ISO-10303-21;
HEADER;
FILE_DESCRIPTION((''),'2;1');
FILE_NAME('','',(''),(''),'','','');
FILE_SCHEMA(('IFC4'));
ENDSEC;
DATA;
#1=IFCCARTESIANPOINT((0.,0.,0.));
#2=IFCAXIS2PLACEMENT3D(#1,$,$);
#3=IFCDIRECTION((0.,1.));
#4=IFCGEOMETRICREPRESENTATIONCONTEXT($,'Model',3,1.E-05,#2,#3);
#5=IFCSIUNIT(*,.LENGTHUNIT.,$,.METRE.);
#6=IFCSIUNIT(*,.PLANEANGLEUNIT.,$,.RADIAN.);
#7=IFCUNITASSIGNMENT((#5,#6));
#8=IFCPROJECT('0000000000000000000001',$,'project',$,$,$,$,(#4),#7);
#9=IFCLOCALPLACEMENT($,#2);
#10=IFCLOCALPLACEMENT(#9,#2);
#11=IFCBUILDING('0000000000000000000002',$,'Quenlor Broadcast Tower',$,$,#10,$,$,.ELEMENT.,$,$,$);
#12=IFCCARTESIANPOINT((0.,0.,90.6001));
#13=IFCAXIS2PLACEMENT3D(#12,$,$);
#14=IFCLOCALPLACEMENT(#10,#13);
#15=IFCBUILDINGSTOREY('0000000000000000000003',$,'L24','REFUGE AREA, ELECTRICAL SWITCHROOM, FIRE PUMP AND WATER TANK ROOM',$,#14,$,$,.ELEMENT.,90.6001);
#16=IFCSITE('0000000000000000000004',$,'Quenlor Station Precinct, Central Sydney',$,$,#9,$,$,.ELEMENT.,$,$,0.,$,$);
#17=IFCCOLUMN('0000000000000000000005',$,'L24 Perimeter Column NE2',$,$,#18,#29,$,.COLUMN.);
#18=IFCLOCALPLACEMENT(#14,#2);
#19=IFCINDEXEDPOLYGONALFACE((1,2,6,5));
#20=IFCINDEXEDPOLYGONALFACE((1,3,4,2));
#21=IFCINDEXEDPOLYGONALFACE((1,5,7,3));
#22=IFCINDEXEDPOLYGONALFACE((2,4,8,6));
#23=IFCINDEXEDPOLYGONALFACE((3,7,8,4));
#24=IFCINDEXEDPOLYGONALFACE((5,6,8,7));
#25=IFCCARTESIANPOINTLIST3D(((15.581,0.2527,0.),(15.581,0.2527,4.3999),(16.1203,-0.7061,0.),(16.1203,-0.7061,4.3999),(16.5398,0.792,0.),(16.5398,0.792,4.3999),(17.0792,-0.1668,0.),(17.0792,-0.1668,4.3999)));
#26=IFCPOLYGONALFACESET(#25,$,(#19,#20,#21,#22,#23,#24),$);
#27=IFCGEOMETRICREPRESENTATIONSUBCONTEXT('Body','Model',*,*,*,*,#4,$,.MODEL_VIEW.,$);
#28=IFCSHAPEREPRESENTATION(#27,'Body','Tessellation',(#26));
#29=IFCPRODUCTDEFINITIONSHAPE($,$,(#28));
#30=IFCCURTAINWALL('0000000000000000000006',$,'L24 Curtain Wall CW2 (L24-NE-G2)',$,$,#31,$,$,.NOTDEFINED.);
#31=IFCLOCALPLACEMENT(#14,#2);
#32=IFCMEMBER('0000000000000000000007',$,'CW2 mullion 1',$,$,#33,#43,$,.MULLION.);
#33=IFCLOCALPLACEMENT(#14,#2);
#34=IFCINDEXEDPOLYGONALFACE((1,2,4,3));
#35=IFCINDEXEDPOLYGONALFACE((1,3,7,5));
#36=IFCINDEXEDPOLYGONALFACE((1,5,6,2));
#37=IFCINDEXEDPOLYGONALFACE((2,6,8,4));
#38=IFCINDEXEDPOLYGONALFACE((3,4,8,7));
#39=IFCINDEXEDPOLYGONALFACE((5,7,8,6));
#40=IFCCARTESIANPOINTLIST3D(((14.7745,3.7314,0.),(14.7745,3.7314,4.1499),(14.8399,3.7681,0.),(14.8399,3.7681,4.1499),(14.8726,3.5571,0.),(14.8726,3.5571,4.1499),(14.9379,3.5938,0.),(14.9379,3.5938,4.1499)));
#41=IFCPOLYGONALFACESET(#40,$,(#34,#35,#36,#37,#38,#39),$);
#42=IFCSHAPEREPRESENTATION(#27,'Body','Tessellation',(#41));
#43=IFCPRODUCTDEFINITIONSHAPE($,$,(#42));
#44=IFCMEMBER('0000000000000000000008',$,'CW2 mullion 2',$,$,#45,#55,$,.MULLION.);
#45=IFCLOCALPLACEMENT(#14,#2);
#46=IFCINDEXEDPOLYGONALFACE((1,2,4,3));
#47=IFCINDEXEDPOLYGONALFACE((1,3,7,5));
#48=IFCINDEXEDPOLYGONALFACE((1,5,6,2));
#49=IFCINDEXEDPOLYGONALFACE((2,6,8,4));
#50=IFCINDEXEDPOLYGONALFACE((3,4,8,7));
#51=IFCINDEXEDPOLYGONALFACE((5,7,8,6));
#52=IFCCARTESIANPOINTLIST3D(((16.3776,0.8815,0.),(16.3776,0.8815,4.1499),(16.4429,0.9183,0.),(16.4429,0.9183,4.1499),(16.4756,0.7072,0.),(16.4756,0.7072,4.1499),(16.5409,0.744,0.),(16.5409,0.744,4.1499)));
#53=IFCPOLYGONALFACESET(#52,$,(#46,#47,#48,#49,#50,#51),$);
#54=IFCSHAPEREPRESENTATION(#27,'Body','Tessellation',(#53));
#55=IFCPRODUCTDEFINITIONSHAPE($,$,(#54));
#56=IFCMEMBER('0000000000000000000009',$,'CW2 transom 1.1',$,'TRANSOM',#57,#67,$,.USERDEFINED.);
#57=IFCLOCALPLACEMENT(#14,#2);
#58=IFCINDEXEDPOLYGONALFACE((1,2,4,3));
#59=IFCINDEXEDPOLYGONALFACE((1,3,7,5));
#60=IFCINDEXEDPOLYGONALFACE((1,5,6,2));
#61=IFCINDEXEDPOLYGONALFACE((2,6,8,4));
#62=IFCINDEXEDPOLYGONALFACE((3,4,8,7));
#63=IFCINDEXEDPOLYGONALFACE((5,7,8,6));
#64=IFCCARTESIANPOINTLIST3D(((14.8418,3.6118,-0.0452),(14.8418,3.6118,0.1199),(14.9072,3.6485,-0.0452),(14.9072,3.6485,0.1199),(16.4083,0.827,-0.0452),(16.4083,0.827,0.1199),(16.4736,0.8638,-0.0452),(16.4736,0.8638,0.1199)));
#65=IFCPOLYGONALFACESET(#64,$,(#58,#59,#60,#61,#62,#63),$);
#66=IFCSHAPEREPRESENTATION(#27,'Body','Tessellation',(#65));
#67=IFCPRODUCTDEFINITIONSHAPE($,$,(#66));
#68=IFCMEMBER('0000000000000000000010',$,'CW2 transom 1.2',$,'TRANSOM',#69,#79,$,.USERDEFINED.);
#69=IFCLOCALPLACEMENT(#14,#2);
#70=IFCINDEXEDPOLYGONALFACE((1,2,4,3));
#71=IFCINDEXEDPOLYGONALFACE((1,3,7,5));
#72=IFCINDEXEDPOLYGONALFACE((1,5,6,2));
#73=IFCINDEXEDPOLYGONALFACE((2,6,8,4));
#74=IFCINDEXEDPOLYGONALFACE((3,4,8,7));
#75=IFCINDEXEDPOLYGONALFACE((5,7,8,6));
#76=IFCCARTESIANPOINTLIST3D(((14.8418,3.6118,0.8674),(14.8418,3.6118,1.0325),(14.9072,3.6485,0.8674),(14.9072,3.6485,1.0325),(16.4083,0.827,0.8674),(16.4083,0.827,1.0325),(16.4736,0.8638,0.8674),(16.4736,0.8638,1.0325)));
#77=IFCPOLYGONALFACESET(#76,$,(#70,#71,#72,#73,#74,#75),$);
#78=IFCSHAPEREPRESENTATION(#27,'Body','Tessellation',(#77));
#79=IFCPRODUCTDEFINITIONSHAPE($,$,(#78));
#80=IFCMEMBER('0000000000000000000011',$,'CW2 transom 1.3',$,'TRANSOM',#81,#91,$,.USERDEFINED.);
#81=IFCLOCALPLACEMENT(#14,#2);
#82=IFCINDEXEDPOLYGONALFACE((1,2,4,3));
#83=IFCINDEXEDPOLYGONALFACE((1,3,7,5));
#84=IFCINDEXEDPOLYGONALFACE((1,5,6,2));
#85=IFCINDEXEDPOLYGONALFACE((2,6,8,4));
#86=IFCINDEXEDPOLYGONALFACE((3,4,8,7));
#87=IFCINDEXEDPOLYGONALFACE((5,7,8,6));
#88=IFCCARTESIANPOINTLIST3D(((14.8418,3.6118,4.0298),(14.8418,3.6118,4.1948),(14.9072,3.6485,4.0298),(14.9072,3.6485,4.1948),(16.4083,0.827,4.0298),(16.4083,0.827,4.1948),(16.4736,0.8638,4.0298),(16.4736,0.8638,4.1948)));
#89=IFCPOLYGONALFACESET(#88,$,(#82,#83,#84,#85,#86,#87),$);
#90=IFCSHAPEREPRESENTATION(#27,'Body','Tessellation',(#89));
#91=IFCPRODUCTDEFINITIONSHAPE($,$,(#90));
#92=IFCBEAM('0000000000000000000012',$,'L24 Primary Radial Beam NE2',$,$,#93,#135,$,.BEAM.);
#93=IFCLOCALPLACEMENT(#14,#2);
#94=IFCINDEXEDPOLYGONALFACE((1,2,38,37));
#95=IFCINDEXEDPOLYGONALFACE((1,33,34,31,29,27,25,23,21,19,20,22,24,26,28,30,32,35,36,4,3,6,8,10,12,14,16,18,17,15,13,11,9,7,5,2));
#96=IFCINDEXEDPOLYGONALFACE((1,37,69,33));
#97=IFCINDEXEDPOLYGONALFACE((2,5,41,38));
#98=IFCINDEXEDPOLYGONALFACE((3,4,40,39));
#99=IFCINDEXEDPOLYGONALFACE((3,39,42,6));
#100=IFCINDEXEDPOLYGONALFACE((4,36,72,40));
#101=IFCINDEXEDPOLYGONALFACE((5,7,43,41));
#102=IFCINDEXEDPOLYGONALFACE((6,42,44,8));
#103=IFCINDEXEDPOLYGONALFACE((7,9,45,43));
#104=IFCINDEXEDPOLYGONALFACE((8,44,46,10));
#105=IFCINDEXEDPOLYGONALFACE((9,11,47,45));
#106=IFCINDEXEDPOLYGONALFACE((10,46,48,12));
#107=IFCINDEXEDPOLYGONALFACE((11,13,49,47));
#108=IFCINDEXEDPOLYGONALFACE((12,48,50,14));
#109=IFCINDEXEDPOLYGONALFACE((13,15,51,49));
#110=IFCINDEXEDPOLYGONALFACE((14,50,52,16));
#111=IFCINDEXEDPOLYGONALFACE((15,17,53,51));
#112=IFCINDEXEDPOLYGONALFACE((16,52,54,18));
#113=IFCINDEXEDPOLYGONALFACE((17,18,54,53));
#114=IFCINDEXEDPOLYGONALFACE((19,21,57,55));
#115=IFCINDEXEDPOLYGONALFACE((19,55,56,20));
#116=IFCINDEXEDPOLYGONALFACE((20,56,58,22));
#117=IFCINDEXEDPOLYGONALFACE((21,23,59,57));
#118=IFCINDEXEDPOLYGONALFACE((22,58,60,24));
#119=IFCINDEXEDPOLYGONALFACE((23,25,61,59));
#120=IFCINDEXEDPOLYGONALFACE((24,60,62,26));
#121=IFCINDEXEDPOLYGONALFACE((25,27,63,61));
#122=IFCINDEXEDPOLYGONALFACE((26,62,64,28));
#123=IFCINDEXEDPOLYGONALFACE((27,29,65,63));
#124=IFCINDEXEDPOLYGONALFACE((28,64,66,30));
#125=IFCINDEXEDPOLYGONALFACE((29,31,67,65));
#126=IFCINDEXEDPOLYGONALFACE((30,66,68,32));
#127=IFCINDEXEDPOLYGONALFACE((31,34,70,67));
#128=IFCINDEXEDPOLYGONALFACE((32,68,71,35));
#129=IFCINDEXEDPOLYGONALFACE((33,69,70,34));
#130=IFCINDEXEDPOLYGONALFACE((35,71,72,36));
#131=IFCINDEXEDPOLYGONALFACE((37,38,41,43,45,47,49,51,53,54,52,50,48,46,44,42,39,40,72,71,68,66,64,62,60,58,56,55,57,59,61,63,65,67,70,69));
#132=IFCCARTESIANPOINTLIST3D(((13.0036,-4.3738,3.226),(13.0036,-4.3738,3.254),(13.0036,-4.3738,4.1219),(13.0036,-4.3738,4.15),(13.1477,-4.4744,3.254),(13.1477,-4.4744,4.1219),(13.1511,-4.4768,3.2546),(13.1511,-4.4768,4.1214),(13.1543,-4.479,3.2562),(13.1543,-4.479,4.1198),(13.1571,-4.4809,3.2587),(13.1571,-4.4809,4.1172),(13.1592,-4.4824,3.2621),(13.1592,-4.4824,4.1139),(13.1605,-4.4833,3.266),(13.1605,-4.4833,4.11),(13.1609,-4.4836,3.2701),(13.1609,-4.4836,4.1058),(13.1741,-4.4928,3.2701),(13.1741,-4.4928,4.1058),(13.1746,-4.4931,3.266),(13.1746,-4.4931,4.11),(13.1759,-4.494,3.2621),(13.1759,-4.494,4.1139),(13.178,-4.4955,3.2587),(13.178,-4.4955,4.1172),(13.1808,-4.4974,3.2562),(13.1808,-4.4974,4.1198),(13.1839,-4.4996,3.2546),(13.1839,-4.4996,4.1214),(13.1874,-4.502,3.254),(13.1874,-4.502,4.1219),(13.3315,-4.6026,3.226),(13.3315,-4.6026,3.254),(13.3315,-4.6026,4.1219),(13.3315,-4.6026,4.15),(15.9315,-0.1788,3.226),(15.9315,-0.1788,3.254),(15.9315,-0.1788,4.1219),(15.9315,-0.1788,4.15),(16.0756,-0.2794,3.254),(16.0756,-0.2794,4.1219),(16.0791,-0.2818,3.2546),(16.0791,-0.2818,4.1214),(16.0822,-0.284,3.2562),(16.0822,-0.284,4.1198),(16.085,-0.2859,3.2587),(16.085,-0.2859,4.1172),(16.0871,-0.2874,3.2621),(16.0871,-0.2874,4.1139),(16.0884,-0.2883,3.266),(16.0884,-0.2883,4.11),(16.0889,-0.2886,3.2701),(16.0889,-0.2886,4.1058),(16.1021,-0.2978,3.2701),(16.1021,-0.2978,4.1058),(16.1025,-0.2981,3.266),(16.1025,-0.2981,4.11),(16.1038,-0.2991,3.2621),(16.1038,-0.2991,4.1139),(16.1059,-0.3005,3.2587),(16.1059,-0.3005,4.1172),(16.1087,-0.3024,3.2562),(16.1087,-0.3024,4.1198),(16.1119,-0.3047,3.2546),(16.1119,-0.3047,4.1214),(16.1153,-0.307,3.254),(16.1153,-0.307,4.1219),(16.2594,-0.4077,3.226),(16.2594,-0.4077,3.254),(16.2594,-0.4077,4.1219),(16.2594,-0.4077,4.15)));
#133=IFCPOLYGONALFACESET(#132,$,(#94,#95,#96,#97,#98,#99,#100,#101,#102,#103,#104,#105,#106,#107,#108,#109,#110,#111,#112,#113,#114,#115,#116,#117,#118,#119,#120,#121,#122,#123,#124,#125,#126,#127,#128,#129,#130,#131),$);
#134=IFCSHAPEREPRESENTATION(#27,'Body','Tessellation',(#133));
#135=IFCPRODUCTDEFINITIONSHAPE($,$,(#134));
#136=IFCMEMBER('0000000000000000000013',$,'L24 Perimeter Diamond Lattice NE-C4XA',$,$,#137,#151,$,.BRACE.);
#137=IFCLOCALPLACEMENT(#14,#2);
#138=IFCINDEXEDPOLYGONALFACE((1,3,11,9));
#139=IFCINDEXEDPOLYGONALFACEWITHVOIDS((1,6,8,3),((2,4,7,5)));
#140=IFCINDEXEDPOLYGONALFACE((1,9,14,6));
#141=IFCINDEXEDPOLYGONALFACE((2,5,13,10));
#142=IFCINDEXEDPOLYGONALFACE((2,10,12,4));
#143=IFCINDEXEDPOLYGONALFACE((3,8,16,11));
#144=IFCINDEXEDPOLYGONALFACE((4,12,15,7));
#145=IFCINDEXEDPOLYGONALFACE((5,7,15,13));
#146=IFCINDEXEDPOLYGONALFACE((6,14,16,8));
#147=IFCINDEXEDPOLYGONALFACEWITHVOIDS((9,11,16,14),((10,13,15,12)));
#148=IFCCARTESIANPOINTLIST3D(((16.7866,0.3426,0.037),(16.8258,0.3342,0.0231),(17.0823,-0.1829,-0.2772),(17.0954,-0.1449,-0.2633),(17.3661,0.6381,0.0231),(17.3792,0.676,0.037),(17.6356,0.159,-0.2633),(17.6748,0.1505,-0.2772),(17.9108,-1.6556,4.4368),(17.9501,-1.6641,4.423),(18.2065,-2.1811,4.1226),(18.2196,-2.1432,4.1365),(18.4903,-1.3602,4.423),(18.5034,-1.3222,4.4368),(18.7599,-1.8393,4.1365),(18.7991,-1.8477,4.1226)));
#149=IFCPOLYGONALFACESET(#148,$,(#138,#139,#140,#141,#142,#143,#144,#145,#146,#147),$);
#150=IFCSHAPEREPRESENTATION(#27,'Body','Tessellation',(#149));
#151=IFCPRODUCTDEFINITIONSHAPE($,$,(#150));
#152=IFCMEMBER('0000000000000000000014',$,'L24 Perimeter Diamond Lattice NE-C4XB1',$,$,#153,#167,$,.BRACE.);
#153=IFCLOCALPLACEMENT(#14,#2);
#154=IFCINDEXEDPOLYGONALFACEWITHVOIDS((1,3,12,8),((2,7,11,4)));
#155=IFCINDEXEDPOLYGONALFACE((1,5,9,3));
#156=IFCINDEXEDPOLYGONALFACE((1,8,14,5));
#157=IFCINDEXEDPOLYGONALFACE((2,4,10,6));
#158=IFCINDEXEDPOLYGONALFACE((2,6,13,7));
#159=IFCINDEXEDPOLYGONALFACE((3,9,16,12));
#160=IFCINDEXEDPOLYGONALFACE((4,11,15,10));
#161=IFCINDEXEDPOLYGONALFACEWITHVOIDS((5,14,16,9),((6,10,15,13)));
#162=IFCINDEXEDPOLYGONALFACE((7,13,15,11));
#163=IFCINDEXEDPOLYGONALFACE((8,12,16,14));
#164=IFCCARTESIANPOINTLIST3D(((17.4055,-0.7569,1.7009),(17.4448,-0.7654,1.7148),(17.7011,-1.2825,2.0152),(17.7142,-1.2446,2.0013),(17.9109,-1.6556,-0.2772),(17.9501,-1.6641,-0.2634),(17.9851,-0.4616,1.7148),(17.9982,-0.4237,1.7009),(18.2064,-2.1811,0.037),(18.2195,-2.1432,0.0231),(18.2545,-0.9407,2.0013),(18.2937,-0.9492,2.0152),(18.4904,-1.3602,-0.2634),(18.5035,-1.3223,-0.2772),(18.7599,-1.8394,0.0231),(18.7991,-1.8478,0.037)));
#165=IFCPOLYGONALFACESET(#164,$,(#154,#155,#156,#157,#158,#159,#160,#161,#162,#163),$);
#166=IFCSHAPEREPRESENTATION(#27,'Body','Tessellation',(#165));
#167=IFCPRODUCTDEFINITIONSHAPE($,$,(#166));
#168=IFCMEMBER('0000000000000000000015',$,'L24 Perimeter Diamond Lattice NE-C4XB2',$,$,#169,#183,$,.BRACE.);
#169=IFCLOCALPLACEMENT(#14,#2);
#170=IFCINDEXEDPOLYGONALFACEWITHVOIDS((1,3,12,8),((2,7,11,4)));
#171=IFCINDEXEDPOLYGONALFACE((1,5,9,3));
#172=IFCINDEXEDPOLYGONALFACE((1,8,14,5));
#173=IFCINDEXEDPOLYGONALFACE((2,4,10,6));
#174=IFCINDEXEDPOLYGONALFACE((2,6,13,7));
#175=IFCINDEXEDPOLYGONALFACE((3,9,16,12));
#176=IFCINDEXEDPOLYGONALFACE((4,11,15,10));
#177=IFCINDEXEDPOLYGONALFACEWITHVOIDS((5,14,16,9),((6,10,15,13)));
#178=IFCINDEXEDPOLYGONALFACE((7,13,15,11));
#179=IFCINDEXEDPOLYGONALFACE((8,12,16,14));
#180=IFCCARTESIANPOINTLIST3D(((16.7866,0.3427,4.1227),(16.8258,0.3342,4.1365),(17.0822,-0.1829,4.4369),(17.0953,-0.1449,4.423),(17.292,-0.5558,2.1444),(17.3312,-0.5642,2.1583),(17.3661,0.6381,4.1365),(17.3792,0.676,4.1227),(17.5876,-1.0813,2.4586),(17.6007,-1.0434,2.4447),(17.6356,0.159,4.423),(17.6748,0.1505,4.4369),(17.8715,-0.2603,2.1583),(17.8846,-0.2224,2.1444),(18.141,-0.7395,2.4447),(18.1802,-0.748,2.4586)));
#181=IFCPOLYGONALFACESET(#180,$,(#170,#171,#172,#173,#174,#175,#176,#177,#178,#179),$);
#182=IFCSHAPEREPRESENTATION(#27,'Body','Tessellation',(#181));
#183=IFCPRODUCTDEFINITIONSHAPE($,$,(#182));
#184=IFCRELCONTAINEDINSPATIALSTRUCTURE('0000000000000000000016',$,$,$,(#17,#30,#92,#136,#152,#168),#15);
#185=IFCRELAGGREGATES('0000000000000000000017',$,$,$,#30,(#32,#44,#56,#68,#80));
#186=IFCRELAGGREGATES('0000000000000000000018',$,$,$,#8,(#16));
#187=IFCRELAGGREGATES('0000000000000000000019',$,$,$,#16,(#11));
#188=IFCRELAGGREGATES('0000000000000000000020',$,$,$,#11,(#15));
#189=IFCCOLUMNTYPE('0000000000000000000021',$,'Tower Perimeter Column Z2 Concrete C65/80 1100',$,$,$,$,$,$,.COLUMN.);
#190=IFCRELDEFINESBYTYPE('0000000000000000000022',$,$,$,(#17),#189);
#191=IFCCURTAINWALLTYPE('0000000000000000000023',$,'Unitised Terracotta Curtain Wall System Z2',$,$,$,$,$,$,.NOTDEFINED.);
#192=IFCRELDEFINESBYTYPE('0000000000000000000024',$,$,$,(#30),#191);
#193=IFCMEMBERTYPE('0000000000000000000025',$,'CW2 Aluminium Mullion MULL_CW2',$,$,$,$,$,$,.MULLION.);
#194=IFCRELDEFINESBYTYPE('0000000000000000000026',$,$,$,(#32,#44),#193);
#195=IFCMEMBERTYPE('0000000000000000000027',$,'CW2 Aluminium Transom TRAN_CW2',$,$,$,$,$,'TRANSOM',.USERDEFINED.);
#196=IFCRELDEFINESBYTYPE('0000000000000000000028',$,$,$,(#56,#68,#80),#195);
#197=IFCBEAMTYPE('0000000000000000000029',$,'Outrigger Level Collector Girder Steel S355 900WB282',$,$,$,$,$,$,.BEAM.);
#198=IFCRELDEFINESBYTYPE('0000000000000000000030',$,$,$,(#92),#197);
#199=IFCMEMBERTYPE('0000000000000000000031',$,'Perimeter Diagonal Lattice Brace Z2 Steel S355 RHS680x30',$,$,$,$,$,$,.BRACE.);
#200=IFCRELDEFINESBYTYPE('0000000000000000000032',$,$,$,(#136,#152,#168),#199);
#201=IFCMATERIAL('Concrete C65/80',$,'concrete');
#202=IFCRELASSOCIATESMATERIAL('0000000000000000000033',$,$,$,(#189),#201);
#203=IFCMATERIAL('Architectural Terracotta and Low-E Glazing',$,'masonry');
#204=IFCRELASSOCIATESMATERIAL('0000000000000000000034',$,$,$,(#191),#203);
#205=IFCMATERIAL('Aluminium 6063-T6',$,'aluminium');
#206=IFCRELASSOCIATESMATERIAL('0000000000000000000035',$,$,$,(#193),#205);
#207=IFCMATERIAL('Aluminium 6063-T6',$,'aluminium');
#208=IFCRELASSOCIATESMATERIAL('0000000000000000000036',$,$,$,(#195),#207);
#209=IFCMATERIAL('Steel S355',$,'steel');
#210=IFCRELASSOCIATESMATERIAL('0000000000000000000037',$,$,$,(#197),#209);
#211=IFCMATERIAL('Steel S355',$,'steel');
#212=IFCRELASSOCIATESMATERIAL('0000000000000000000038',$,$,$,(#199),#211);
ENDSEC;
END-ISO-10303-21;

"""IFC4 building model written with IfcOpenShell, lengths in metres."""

from ifc_helpers import new_model, si_unit, direction, frame, origin, origin_2d, place, context, subcontext, project, spatial, rectangle, hollow_rectangle, i_section, extrude, material, material_profile, profile_set, type_object, element, aggregate, save


model = new_model("IFC4")

# Units and contexts
model_context = context("Model", 3, precision=1e-05, world=origin(), true_north=direction((0.0, 1.0)))
body_context = subcontext(model_context, "Body", "Model", "MODEL_VIEW")
ifc_project = project(units=[si_unit("LENGTHUNIT", "METRE"), si_unit("PLANEANGLEUNIT", "RADIAN")], contexts=[model_context])

# Site, building, storey
site_placement = place(None, origin())
site = spatial("IfcSite", under=ifc_project, at=site_placement, Name="Quenlor Station Precinct, Central Sydney", CompositionType="ELEMENT", RefElevation=0.0)
building_placement = place(site_placement, origin())
building = spatial("IfcBuilding", under=site, at=building_placement, Name="Quenlor Broadcast Tower", CompositionType="ELEMENT")
storey_placement = place(building_placement, frame((0.0, 0.0, 90.6001)))
storey = spatial("IfcBuildingStorey", under=building, at=storey_placement, Name="L24", Description="REFUGE AREA, ELECTRICAL SWITCHROOM, FIRE PUMP AND WATER TANK ROOM", CompositionType="ELEMENT", Elevation=90.6001)

# Column
ifc_material_1 = material(Name="Concrete C65/80", Category="concrete")
ifc_material_profile_1 = material_profile(ifc_material_1, rectangle(XDim=1.1001, YDim=1.1001, at=origin_2d()))
ifc_profile_set_1 = profile_set([ifc_material_profile_1], Name="Concrete C65/80 RC1100x1100")
column_type = type_object("IfcColumnType", Name="Tower Perimeter Column Z2 Concrete C65/80 1100", PredefinedType="COLUMN", material=ifc_profile_set_1)
column_placement = place(storey_placement, frame((16.3301, 0.043, 0.0), z_axis=(0.0, 0.0, 1.0), x_axis=(0.871575, 0.490262, 0.0)))
element("IfcColumn", 1, at=column_placement, inside=storey, type_object=column_type, Name="L24 Perimeter Column NE2", PredefinedType="COLUMN", context=body_context, shape_type="SweptSolid", body=[
    extrude(rectangle(XDim=1.1001, YDim=1.1001, at=origin_2d()), origin(), (0.0, 0.0, 1.0), 4.3999),
])

# Curtain wall, members
ifc_material_2 = material(Name="Architectural Terracotta and Low-E Glazing", Category="masonry")
curtain_wall_type = type_object("IfcCurtainWallType", Name="Unitised Terracotta Curtain Wall System Z2", PredefinedType="NOTDEFINED", material=ifc_material_2)
curtain_wall_placement = place(storey_placement, origin())
curtain_wall = element("IfcCurtainWall", 2, at=curtain_wall_placement, inside=storey, type_object=curtain_wall_type, Name="L24 Curtain Wall CW2 (L24-NE-G2)", PredefinedType="NOTDEFINED")
ifc_material_3 = material(Name="Aluminium 6063-T6", Category="aluminium")
ifc_material_profile_2 = material_profile(ifc_material_3, rectangle(XDim=0.075, YDim=0.2, at=origin_2d()))
ifc_profile_set_2 = profile_set([ifc_material_profile_2], Name="Aluminium 6063-T6 MULL75x200")
member_type_1 = type_object("IfcMemberType", Name="CW2 Aluminium Mullion MULL_CW2", PredefinedType="MULLION", material=ifc_profile_set_2)
member_1_placement = place(storey_placement, frame((14.8562, 3.6626, 0.0), z_axis=(0.0, 0.0, 1.0), x_axis=(0.871577, 0.490258, 0.0)))
member_1 = element("IfcMember", 3, at=member_1_placement, type_object=member_type_1, Name="CW2 mullion 1", PredefinedType="MULLION", context=body_context, shape_type="SweptSolid", body=[
    extrude(rectangle(XDim=0.075, YDim=0.2, at=origin_2d()), origin(), (0.0, 0.0, 1.0), 4.1499),
])
member_2_placement = place(storey_placement, frame((16.4592, 0.8127, 0.0), z_axis=(0.0, 0.0, 1.0), x_axis=(0.871577, 0.490258, 0.0)))
member_2 = element("IfcMember", 4, at=member_2_placement, type_object=member_type_1, Name="CW2 mullion 2", PredefinedType="MULLION", context=body_context, shape_type="SweptSolid", body=[
    extrude(rectangle(XDim=0.075, YDim=0.2, at=origin_2d()), origin(), (0.0, 0.0, 1.0), 4.1499),
])
ifc_material_4 = material(Name="Aluminium 6063-T6", Category="aluminium")
ifc_material_profile_3 = material_profile(ifc_material_4, rectangle(XDim=0.075, YDim=0.165, at=origin_2d()))
ifc_profile_set_3 = profile_set([ifc_material_profile_3], Name="Aluminium 6063-T6 TRAN75x165")
member_type_2 = type_object("IfcMemberType", Name="CW2 Aluminium Transom TRAN_CW2", ElementType="TRANSOM", PredefinedType="USERDEFINED", material=ifc_profile_set_3)
member_3_placement = place(storey_placement, frame((14.8745, 3.6301, 0.0374), z_axis=(0.490268, -0.871571, 0.0), x_axis=(0.871571, 0.490268, 0.0)))
member_3 = element("IfcMember", 5, at=member_3_placement, type_object=member_type_2, Name="CW2 transom 1.1", ObjectType="TRANSOM", PredefinedType="USERDEFINED", context=body_context, shape_type="SweptSolid", body=[
    extrude(rectangle(XDim=0.075, YDim=0.165, at=origin_2d()), origin(), (0.0, 0.0, 1.0), 3.1951),
])
member_4_placement = place(storey_placement, frame((14.8745, 3.6301, 0.95), z_axis=(0.490268, -0.871571, 0.0), x_axis=(0.871571, 0.490268, 0.0)))
member_4 = element("IfcMember", 6, at=member_4_placement, type_object=member_type_2, Name="CW2 transom 1.2", ObjectType="TRANSOM", PredefinedType="USERDEFINED", context=body_context, shape_type="SweptSolid", body=[
    extrude(rectangle(XDim=0.075, YDim=0.165, at=origin_2d()), origin(), (0.0, 0.0, 1.0), 3.1951),
])
member_5_placement = place(storey_placement, frame((14.8745, 3.6301, 4.1123), z_axis=(0.490268, -0.871571, 0.0), x_axis=(0.871571, 0.490268, 0.0)))
member_5 = element("IfcMember", 7, at=member_5_placement, type_object=member_type_2, Name="CW2 transom 1.3", ObjectType="TRANSOM", PredefinedType="USERDEFINED", context=body_context, shape_type="SweptSolid", body=[
    extrude(rectangle(XDim=0.075, YDim=0.165, at=origin_2d()), origin(), (0.0, 0.0, 1.0), 3.1951),
])

# Beam
ifc_material_5 = material(Name="Steel S355", Category="steel")
ifc_material_profile_4 = material_profile(ifc_material_5, i_section(OverallWidth=0.3999, OverallDepth=0.9241, WebThickness=0.0161, FlangeThickness=0.0281, FilletRadius=0.0161, at=origin_2d()))
ifc_profile_set_4 = profile_set([ifc_material_profile_4], Name="Steel S355 900WB282")
beam_type_1 = type_object("IfcBeamType", Name="Outrigger Level Collector Girder Steel S355 900WB282", PredefinedType="BEAM", material=ifc_profile_set_4)
beam_1_placement = place(storey_placement, frame((16.0955, -0.2932, 3.688), z_axis=(-0.572338, -0.820018, 0.0), x_axis=(0.820018, -0.572338, 0.0)))
element("IfcBeam", 8, at=beam_1_placement, inside=storey, type_object=beam_type_1, Name="L24 Primary Radial Beam NE2", PredefinedType="BEAM", context=body_context, shape_type="SweptSolid", body=[
    extrude(i_section(OverallWidth=0.3999, OverallDepth=0.9241, WebThickness=0.0161, FlangeThickness=0.0281, FilletRadius=0.0161, at=origin_2d()), origin(), (0.0, 0.0, 1.0), 5.1157),
])

# Members
ifc_material_6 = material(Name="Steel S355", Category="steel")
ifc_material_profile_5 = material_profile(ifc_material_6, hollow_rectangle(XDim=0.6799, YDim=0.6799, WallThickness=0.03, at=origin_2d()))
ifc_profile_set_5 = profile_set([ifc_material_profile_5], Name="Steel S355 RHS680x680x30")
member_type_3 = type_object("IfcMemberType", Name="Perimeter Diagonal Lattice Brace Z2 Steel S355 RHS680x30", PredefinedType="BRACE", material=ifc_profile_set_5)
member_6_placement = place(storey_placement, frame((17.2307, 0.2466, -0.1201), z_axis=(0.226599, -0.402761, 0.886812), x_axis=(0.871533, 0.490337, 0.0)))
element("IfcMember", 9, at=member_6_placement, inside=storey, type_object=member_type_3, Name="L24 Perimeter Diamond Lattice NE-C4XA", PredefinedType="BRACE", context=body_context, shape_type="SweptSolid", body=[
    extrude(hollow_rectangle(XDim=0.6799, YDim=0.6799, WallThickness=0.03, at=origin_2d()), origin(), (0.0, 0.0, 1.0), 4.9614),
])
for number, where, z_axis, x_axis, name in (
    (10, (18.355, -1.7517, -0.1201), (-0.22654, 0.402847, 0.886789), (-0.871632, -0.49016, 0.0), "L24 Perimeter Diamond Lattice NE-C4XB1"),
    (11, (17.7361, -0.6519, 2.3015), (-0.22655, 0.402755, 0.886828), (-0.871576, -0.490261, 0.0), "L24 Perimeter Diamond Lattice NE-C4XB2"),
):
    element("IfcMember", number, at=place(storey_placement, frame(where, z_axis=z_axis, x_axis=x_axis)), inside=storey, type_object=member_type_3, Name=name, PredefinedType="BRACE", context=body_context, shape_type="SweptSolid", body=[
        extrude(hollow_rectangle(XDim=0.6799, YDim=0.6799, WallThickness=0.03, at=origin_2d()), origin(), (0.0, 0.0, 1.0), 2.2307),
    ])

aggregate(curtain_wall, [member_1, member_2, member_3, member_4, member_5])

save(model, "model.ifc")
